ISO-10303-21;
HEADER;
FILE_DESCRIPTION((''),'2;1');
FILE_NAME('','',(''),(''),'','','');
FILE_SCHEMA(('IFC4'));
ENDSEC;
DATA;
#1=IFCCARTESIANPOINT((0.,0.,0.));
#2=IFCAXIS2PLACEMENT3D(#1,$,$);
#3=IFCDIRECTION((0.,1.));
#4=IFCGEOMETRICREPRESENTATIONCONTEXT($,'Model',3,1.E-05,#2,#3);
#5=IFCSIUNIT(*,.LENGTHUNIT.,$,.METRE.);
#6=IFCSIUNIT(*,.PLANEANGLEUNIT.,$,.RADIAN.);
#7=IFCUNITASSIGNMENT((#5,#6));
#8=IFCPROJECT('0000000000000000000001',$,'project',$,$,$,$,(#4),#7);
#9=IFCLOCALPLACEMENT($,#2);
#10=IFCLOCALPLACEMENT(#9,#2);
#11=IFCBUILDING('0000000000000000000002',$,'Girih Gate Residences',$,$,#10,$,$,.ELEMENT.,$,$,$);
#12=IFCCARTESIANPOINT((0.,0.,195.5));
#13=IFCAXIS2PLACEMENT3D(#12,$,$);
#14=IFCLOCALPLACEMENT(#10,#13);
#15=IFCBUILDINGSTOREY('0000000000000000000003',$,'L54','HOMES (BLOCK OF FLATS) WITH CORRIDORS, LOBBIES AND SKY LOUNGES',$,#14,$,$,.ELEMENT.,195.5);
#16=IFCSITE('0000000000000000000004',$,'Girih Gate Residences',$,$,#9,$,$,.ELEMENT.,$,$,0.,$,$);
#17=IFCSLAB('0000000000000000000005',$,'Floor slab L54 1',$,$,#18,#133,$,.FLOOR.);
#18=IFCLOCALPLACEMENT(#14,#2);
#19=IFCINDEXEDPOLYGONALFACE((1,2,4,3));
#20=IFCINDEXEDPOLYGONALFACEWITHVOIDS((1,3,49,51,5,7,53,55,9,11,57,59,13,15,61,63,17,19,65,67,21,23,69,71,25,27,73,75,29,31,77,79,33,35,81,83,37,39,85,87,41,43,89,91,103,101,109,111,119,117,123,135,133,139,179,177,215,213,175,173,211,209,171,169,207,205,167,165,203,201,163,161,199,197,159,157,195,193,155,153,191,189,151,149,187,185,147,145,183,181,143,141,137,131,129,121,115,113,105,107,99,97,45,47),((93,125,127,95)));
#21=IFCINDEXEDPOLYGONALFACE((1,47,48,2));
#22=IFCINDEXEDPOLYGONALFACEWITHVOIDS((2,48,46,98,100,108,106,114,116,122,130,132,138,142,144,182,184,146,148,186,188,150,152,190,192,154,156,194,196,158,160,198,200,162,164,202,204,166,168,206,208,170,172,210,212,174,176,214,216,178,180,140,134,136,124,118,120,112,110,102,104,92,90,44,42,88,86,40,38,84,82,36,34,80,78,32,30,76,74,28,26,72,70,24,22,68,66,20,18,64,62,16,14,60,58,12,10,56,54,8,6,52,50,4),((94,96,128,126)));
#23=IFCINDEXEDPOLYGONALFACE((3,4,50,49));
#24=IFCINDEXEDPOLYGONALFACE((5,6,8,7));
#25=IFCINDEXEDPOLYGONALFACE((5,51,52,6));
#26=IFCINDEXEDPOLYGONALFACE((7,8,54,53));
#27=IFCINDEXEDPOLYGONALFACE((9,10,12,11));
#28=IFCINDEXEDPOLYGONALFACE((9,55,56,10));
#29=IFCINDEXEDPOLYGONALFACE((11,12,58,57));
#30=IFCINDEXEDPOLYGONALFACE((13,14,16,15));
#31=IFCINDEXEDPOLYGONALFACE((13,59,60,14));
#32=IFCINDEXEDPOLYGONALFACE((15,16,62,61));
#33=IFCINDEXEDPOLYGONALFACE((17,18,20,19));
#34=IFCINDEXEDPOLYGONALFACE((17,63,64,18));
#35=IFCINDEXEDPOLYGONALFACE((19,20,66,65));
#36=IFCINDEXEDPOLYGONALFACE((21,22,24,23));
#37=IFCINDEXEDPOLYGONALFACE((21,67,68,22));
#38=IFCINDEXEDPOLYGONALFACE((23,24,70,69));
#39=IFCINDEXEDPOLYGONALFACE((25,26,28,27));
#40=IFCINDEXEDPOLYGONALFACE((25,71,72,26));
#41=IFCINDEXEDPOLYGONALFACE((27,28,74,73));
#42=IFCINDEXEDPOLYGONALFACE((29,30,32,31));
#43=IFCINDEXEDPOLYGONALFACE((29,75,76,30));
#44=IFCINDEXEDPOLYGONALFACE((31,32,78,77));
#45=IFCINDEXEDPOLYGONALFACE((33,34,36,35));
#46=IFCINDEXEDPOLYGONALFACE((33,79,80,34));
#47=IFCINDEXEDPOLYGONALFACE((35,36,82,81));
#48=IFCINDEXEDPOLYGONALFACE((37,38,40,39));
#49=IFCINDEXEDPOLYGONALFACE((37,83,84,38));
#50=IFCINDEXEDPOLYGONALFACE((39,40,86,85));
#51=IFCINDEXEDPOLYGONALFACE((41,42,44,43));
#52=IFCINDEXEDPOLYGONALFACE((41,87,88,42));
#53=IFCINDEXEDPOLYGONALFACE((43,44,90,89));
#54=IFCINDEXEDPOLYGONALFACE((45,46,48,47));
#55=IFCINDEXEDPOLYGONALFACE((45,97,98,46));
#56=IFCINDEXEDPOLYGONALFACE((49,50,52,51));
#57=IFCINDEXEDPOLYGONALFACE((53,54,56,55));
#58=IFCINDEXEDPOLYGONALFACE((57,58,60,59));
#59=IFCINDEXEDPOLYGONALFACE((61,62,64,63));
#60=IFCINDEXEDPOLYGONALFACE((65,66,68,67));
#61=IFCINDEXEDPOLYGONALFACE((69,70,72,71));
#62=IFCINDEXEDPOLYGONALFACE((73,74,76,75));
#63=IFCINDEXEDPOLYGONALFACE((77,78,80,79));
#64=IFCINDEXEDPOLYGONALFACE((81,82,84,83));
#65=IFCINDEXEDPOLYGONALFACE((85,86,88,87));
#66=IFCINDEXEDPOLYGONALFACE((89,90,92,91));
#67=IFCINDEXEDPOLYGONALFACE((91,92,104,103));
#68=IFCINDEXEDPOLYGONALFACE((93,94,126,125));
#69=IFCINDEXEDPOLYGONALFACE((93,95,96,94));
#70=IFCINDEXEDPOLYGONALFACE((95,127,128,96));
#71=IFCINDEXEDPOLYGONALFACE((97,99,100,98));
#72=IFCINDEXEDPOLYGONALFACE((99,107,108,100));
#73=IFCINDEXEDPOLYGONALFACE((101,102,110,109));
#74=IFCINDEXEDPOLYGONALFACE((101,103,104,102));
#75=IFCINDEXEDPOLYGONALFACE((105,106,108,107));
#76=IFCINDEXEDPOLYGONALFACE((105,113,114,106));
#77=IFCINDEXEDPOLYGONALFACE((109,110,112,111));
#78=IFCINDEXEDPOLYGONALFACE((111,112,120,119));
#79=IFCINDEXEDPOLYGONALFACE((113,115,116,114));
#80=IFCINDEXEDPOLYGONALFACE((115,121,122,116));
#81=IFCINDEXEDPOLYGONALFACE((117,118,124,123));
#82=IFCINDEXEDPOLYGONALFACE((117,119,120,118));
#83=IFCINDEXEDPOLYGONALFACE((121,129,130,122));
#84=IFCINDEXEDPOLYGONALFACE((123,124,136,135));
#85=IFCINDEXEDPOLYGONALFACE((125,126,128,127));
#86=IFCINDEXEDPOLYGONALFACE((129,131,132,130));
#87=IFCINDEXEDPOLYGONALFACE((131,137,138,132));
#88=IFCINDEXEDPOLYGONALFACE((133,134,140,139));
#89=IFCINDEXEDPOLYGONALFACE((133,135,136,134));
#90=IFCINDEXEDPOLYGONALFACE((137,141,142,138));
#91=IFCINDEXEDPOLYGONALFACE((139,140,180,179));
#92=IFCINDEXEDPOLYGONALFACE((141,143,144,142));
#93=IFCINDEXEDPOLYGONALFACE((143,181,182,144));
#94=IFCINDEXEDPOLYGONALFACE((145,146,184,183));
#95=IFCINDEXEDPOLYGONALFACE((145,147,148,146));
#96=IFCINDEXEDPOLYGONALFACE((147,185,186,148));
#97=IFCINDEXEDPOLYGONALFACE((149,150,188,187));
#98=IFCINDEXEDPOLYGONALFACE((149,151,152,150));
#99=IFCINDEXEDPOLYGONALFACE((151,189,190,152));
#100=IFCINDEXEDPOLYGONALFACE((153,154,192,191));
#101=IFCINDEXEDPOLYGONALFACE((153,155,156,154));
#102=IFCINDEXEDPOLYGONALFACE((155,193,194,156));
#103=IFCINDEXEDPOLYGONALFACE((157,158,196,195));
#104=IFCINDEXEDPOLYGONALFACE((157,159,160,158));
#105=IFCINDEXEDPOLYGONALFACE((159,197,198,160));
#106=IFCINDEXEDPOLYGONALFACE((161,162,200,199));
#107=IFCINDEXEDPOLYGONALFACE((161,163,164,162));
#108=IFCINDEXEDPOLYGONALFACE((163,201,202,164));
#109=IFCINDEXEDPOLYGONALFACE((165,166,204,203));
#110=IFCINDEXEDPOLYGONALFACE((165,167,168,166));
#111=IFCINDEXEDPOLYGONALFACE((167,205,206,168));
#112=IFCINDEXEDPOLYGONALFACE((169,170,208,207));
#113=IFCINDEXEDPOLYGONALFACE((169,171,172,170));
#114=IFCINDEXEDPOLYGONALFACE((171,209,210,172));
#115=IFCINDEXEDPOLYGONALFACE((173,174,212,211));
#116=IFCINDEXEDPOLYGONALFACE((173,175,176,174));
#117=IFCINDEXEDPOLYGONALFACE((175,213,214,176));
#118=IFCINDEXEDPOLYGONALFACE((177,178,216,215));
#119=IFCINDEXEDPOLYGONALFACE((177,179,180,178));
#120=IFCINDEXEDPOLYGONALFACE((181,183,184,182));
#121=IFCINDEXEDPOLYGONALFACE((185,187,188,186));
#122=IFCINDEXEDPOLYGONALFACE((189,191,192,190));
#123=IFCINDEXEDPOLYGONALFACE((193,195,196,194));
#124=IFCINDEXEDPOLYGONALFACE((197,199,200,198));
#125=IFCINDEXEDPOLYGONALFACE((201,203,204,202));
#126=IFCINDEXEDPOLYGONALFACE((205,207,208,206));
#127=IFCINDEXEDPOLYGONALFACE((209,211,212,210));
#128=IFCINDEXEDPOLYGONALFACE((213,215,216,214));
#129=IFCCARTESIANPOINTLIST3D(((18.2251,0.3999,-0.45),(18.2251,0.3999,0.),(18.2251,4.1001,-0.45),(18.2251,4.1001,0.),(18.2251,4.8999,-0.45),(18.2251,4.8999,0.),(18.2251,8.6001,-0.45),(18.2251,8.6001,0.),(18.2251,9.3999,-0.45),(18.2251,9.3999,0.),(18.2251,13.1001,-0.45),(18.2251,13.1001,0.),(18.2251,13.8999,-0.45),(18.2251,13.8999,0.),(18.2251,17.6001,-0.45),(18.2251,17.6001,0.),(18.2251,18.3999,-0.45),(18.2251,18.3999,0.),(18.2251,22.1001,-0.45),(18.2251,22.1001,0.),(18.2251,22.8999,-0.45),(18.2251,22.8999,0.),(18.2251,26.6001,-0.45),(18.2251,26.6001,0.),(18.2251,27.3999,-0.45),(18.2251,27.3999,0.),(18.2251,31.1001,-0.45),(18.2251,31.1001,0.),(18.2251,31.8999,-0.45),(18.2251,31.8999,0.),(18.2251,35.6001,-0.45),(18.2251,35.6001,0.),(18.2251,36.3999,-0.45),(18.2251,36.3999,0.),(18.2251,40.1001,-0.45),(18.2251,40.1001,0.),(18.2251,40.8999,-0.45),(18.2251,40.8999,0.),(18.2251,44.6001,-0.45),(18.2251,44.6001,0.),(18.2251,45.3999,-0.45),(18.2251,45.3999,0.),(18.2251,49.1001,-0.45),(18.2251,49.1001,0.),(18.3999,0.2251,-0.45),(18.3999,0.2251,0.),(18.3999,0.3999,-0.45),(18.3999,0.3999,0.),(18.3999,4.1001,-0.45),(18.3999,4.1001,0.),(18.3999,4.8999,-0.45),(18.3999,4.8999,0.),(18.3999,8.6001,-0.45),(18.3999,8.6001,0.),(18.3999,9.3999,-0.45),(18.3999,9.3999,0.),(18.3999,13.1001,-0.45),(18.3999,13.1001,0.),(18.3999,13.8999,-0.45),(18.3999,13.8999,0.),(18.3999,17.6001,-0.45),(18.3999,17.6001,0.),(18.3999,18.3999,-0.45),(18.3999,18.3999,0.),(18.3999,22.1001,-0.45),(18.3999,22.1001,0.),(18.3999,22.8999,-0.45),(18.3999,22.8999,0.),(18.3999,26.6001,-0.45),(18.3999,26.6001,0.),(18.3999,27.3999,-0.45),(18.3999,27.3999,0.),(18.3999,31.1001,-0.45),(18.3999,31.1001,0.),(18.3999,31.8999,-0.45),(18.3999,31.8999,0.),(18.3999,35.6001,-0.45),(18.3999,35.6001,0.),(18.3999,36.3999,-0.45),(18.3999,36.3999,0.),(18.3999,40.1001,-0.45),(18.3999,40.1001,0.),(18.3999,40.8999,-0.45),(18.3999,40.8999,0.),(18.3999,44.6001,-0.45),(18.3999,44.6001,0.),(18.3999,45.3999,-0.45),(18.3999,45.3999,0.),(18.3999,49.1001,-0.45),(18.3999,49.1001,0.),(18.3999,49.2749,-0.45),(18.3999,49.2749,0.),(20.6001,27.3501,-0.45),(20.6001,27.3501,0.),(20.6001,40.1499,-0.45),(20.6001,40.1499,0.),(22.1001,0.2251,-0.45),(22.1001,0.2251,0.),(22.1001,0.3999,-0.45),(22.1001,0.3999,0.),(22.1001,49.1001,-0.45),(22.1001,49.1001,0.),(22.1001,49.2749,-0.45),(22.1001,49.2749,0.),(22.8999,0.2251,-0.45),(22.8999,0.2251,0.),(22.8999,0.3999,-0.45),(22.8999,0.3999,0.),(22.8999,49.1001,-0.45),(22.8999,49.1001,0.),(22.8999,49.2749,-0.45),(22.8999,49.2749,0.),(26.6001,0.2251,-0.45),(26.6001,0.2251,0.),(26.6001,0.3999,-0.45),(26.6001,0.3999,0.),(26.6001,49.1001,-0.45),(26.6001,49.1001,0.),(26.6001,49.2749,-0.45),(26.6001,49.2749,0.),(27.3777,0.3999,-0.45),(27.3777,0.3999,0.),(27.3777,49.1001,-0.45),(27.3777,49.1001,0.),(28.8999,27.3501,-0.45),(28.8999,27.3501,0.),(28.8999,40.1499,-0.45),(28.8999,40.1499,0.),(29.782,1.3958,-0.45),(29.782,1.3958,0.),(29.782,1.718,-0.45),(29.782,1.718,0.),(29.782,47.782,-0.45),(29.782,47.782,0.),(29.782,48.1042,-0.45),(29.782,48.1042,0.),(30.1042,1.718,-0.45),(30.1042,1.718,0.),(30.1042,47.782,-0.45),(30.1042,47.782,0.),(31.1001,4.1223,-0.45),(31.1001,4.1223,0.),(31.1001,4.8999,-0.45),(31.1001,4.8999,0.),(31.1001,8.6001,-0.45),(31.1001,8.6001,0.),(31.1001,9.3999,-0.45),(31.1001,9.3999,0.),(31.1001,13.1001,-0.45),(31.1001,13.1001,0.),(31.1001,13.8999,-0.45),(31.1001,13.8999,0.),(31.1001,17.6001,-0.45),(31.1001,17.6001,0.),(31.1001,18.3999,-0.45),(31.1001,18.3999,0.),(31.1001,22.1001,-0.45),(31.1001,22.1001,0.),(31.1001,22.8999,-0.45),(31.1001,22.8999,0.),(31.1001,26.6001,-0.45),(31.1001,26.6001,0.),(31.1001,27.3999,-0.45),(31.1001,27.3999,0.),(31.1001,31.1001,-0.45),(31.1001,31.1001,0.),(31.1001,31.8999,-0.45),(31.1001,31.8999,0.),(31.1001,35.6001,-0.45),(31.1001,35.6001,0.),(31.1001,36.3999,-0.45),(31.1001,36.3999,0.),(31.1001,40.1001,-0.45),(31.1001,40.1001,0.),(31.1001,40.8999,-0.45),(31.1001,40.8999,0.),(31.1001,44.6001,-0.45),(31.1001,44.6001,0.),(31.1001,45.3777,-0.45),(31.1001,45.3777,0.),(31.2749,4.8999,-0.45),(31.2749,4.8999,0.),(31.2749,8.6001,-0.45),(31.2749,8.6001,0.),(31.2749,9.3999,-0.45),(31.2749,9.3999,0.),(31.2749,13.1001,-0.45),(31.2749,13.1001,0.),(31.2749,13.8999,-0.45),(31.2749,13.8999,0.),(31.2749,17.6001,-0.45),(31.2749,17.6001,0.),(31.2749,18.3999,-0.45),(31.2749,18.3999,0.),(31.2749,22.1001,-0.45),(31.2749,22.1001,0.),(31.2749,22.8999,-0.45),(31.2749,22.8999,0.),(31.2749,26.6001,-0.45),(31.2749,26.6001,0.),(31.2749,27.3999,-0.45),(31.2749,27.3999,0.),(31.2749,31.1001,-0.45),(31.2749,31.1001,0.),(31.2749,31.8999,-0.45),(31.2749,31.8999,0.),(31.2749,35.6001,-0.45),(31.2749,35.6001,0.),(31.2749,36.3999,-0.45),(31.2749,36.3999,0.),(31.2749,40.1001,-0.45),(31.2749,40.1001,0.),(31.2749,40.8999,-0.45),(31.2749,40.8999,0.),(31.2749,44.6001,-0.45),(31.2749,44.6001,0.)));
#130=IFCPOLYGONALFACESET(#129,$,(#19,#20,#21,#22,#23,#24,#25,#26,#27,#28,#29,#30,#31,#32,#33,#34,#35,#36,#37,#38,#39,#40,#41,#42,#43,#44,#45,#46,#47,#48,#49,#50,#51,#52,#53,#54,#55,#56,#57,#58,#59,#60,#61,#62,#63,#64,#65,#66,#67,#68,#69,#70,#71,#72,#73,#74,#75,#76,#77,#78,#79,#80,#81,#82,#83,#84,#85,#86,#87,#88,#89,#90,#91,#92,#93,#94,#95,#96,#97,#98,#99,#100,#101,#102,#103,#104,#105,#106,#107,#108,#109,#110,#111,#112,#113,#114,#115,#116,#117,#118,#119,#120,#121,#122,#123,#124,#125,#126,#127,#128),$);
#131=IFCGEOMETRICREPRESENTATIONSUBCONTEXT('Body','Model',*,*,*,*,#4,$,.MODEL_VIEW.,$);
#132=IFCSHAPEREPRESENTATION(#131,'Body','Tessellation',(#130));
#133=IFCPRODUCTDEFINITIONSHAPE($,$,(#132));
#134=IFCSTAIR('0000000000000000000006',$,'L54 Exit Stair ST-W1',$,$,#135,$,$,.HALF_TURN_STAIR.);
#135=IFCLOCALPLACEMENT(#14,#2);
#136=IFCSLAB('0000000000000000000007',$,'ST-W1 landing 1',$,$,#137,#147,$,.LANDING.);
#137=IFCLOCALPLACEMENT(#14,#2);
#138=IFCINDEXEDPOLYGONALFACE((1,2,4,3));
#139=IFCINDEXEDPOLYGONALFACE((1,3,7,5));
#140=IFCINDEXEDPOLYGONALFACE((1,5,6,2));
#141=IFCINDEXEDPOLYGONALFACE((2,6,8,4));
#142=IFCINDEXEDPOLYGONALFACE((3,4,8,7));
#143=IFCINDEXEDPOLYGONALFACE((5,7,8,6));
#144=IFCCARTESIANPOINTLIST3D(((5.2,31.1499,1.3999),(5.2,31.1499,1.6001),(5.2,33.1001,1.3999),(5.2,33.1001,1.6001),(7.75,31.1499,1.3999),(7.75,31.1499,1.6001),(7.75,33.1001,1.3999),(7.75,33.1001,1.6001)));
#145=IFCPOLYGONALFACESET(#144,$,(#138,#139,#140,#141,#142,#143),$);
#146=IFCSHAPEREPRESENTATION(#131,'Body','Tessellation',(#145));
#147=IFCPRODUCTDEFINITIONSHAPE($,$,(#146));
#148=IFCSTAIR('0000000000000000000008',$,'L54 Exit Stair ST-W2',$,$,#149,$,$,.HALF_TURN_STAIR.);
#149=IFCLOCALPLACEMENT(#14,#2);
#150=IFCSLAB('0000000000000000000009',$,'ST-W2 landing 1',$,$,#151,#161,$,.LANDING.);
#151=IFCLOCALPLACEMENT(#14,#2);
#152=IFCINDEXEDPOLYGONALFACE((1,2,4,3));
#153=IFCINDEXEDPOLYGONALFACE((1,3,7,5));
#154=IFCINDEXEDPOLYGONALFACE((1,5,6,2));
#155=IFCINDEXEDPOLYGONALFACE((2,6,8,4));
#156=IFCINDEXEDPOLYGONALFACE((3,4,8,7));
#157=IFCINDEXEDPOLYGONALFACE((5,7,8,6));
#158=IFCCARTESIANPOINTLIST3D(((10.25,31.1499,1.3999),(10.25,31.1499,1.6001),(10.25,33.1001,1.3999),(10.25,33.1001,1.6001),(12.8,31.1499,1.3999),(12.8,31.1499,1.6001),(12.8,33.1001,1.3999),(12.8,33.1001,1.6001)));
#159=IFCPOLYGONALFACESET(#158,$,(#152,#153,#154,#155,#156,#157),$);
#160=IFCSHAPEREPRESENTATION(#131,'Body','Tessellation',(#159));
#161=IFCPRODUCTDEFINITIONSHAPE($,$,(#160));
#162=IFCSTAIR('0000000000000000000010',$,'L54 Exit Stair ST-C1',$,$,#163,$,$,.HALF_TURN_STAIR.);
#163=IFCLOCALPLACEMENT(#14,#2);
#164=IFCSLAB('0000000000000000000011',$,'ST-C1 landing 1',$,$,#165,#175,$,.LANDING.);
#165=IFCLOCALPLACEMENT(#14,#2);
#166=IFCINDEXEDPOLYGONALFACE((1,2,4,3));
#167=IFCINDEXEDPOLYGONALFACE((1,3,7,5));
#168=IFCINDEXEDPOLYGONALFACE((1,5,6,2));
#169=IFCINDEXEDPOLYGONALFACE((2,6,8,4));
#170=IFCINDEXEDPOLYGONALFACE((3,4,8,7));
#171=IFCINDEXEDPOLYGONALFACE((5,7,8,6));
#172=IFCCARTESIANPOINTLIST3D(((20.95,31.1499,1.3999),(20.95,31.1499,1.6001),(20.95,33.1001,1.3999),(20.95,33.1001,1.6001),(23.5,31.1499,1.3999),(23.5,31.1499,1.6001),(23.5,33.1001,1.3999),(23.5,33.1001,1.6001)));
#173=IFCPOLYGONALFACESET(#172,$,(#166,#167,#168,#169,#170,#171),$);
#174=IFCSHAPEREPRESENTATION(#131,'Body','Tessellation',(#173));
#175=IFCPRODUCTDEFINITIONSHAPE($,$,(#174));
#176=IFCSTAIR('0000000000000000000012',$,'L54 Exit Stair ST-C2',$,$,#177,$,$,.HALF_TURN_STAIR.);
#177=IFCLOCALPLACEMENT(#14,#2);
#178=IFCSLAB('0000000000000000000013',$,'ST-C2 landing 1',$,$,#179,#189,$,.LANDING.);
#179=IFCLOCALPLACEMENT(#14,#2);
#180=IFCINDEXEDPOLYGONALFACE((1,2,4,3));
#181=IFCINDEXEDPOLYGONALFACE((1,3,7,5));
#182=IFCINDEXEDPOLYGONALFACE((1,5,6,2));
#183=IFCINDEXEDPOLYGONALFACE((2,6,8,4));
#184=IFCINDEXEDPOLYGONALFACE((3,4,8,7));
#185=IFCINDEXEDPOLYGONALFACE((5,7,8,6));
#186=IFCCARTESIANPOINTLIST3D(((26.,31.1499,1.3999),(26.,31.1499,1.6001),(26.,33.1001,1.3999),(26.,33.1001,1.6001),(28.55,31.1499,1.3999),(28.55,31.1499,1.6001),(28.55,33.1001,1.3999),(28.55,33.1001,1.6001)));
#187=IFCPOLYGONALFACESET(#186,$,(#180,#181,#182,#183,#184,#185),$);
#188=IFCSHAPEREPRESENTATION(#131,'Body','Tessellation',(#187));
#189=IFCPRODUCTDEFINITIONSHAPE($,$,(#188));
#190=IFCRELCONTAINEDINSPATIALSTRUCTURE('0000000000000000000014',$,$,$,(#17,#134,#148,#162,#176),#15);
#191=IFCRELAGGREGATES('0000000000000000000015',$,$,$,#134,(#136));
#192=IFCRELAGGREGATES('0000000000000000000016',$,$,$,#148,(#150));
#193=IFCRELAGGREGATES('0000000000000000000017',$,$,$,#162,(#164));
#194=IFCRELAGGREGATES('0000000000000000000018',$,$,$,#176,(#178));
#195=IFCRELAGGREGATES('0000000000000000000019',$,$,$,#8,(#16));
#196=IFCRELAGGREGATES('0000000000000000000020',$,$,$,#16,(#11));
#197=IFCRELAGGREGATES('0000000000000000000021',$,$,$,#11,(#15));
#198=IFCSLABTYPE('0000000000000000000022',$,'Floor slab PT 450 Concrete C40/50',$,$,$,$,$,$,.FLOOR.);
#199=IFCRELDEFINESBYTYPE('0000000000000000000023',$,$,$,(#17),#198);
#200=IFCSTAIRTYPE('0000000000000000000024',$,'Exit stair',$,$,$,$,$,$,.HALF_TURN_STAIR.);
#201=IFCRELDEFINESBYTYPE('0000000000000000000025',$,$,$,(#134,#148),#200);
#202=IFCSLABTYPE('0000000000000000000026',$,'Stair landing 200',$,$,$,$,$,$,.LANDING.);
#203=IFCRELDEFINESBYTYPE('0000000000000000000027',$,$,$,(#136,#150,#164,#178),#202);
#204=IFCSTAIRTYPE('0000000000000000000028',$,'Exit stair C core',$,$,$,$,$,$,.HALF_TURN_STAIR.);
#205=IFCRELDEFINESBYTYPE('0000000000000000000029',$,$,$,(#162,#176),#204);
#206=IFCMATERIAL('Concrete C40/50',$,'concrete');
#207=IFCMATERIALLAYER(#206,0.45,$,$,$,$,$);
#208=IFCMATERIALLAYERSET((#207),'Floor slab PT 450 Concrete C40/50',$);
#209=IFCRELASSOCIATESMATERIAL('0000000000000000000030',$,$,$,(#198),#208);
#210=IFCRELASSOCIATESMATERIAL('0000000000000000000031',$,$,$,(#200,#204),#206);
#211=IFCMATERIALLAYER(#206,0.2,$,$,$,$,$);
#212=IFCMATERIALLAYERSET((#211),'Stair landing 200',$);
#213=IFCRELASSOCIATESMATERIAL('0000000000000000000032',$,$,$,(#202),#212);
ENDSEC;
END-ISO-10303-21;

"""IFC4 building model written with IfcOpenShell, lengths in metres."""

from ifc_helpers import new_model, si_unit, direction, frame, origin, place, context, subcontext, project, spatial, polyline, outline, extrude, material, layer, layer_set, type_object, element, aggregate, save


model = new_model("IFC4")

# Units and contexts
model_context = context("Model", 3, precision=1e-05, world=origin(), true_north=direction((0.0, 1.0)))
body_context = subcontext(model_context, "Body", "Model", "MODEL_VIEW")
ifc_project = project(units=[si_unit("LENGTHUNIT", "METRE"), si_unit("PLANEANGLEUNIT", "RADIAN")], contexts=[model_context])

# Site, building, storey
site_placement = place(None, origin())
site = spatial("IfcSite", under=ifc_project, at=site_placement, Name="Girih Gate Residences", CompositionType="ELEMENT", RefElevation=0.0)
building_placement = place(site_placement, origin())
building = spatial("IfcBuilding", under=site, at=building_placement, Name="Girih Gate Residences", CompositionType="ELEMENT")
storey_placement = place(building_placement, frame((0.0, 0.0, 195.5)))
storey = spatial("IfcBuildingStorey", under=building, at=storey_placement, Name="L54", Description="HOMES (BLOCK OF FLATS) WITH CORRIDORS, LOBBIES AND SKY LOUNGES", CompositionType="ELEMENT", Elevation=195.5)

# Slab
ifc_material_1 = material(Name="Concrete C40/50", Category="concrete")
ifc_layer_1 = layer(ifc_material_1, 0.45)
ifc_layer_set_1 = layer_set([ifc_layer_1], Name="Floor slab PT 450 Concrete C40/50")
slab_type_1 = type_object("IfcSlabType", Name="Floor slab PT 450 Concrete C40/50", PredefinedType="FLOOR", material=ifc_layer_set_1)
slab_1_placement = place(storey_placement, frame((0.0, 0.0, -0.45)))
element("IfcSlab", 1, at=slab_1_placement, inside=storey, type_object=slab_type_1, Name="Floor slab L54 1", PredefinedType="FLOOR", context=body_context, shape_type="SweptSolid", body=[
    extrude(outline(polyline([(22.8999, 0.2251), (26.6001, 0.2251), (26.6001, 0.3999), (27.3777, 0.3999), (29.782, 1.3958), (29.782, 1.718), (30.1042, 1.718), (31.1001, 4.1223), (31.1001, 4.8999), (31.2749, 4.8999), (31.2749, 8.6001), (31.1001, 8.6001), (31.1001, 9.3999), (31.2749, 9.3999), (31.2749, 13.1001), (31.1001, 13.1001), (31.1001, 13.8999), (31.2749, 13.8999), (31.2749, 17.6001), (31.1001, 17.6001), (31.1001, 18.3999), (31.2749, 18.3999), (31.2749, 22.1001), (31.1001, 22.1001), (31.1001, 22.8999), (31.2749, 22.8999), (31.2749, 26.6001), (31.1001, 26.6001), (31.1001, 27.3999), (31.2749, 27.3999), (31.2749, 31.1001), (31.1001, 31.1001), (31.1001, 31.8999), (31.2749, 31.8999), (31.2749, 35.6001), (31.1001, 35.6001), (31.1001, 36.3999), (31.2749, 36.3999), (31.2749, 40.1001), (31.1001, 40.1001), (31.1001, 40.8999), (31.2749, 40.8999), (31.2749, 44.6001), (31.1001, 44.6001), (31.1001, 45.3777), (30.1042, 47.782), (29.782, 47.782), (29.782, 48.1042), (27.3777, 49.1001), (26.6001, 49.1001), (26.6001, 49.2749), (22.8999, 49.2749), (22.8999, 49.1001), (22.1001, 49.1001), (22.1001, 49.2749), (18.3999, 49.2749), (18.3999, 49.1001), (18.2251, 49.1001), (18.2251, 45.3999), (18.3999, 45.3999), (18.3999, 44.6001), (18.2251, 44.6001), (18.2251, 40.8999), (18.3999, 40.8999), (18.3999, 40.1001), (18.2251, 40.1001), (18.2251, 36.3999), (18.3999, 36.3999), (18.3999, 35.6001), (18.2251, 35.6001), (18.2251, 31.8999), (18.3999, 31.8999), (18.3999, 31.1001), (18.2251, 31.1001), (18.2251, 27.3999), (18.3999, 27.3999), (18.3999, 26.6001), (18.2251, 26.6001), (18.2251, 22.8999), (18.3999, 22.8999), (18.3999, 22.1001), (18.2251, 22.1001), (18.2251, 18.3999), (18.3999, 18.3999), (18.3999, 17.6001), (18.2251, 17.6001), (18.2251, 13.8999), (18.3999, 13.8999), (18.3999, 13.1001), (18.2251, 13.1001), (18.2251, 9.3999), (18.3999, 9.3999), (18.3999, 8.6001), (18.2251, 8.6001), (18.2251, 4.8999), (18.3999, 4.8999), (18.3999, 4.1001), (18.2251, 4.1001), (18.2251, 0.3999), (18.3999, 0.3999), (18.3999, 0.2251), (22.1001, 0.2251), (22.1001, 0.3999), (22.8999, 0.3999), (22.8999, 0.2251)]), holes=[polyline([(28.8999, 40.1499), (28.8999, 27.3501), (20.6001, 27.3501), (20.6001, 40.1499), (28.8999, 40.1499)])]), origin(), (0.0, 0.0, 1.0), 0.45),
])

# Stairs, slabs
stair_type_1 = type_object("IfcStairType", Name="Exit stair", PredefinedType="HALF_TURN_STAIR", material=ifc_material_1)
stair_1_placement = place(storey_placement, origin())
stair_1 = element("IfcStair", 2, at=stair_1_placement, inside=storey, type_object=stair_type_1, Name="L54 Exit Stair ST-W1", PredefinedType="HALF_TURN_STAIR")
ifc_layer_2 = layer(ifc_material_1, 0.2)
ifc_layer_set_2 = layer_set([ifc_layer_2], Name="Stair landing 200")
slab_type_2 = type_object("IfcSlabType", Name="Stair landing 200", PredefinedType="LANDING", material=ifc_layer_set_2)
slab_2_placement = place(storey_placement, frame((0.0, 0.0, 1.3999)))
slab_2 = element("IfcSlab", 3, at=slab_2_placement, type_object=slab_type_2, Name="ST-W1 landing 1", PredefinedType="LANDING", context=body_context, shape_type="SweptSolid", body=[
    extrude(outline(polyline([(7.75, 31.1499), (7.75, 33.1001), (5.2, 33.1001), (5.2, 31.1499), (7.75, 31.1499)])), origin(), (0.0, 0.0, 1.0), 0.2002),
])
aggregate(stair_1, [slab_2])
stair_2_placement = place(storey_placement, origin())
stair_2 = element("IfcStair", 4, at=stair_2_placement, inside=storey, type_object=stair_type_1, Name="L54 Exit Stair ST-W2", PredefinedType="HALF_TURN_STAIR")
slab_3_placement = place(storey_placement, frame((0.0, 0.0, 1.3999)))
slab_3 = element("IfcSlab", 5, at=slab_3_placement, type_object=slab_type_2, Name="ST-W2 landing 1", PredefinedType="LANDING", context=body_context, shape_type="SweptSolid", body=[
    extrude(outline(polyline([(12.8, 31.1499), (12.8, 33.1001), (10.25, 33.1001), (10.25, 31.1499), (12.8, 31.1499)])), origin(), (0.0, 0.0, 1.0), 0.2002),
])
aggregate(stair_2, [slab_3])
stair_type_2 = type_object("IfcStairType", Name="Exit stair C core", PredefinedType="HALF_TURN_STAIR", material=ifc_material_1)
stair_3_placement = place(storey_placement, origin())
stair_3 = element("IfcStair", 6, at=stair_3_placement, inside=storey, type_object=stair_type_2, Name="L54 Exit Stair ST-C1", PredefinedType="HALF_TURN_STAIR")
slab_4_placement = place(storey_placement, frame((0.0, 0.0, 1.3999)))
slab_4 = element("IfcSlab", 7, at=slab_4_placement, type_object=slab_type_2, Name="ST-C1 landing 1", PredefinedType="LANDING", context=body_context, shape_type="SweptSolid", body=[
    extrude(outline(polyline([(23.5, 31.1499), (23.5, 33.1001), (20.95, 33.1001), (20.95, 31.1499), (23.5, 31.1499)])), origin(), (0.0, 0.0, 1.0), 0.2002),
])
aggregate(stair_3, [slab_4])
stair_4_placement = place(storey_placement, origin())
stair_4 = element("IfcStair", 8, at=stair_4_placement, inside=storey, type_object=stair_type_2, Name="L54 Exit Stair ST-C2", PredefinedType="HALF_TURN_STAIR")
slab_5_placement = place(storey_placement, frame((0.0, 0.0, 1.3999)))
slab_5 = element("IfcSlab", 9, at=slab_5_placement, type_object=slab_type_2, Name="ST-C2 landing 1", PredefinedType="LANDING", context=body_context, shape_type="SweptSolid", body=[
    extrude(outline(polyline([(28.55, 31.1499), (28.55, 33.1001), (26.0, 33.1001), (26.0, 31.1499), (28.55, 31.1499)])), origin(), (0.0, 0.0, 1.0), 0.2002),
])
aggregate(stair_4, [slab_5])

save(model, "model.ifc")
